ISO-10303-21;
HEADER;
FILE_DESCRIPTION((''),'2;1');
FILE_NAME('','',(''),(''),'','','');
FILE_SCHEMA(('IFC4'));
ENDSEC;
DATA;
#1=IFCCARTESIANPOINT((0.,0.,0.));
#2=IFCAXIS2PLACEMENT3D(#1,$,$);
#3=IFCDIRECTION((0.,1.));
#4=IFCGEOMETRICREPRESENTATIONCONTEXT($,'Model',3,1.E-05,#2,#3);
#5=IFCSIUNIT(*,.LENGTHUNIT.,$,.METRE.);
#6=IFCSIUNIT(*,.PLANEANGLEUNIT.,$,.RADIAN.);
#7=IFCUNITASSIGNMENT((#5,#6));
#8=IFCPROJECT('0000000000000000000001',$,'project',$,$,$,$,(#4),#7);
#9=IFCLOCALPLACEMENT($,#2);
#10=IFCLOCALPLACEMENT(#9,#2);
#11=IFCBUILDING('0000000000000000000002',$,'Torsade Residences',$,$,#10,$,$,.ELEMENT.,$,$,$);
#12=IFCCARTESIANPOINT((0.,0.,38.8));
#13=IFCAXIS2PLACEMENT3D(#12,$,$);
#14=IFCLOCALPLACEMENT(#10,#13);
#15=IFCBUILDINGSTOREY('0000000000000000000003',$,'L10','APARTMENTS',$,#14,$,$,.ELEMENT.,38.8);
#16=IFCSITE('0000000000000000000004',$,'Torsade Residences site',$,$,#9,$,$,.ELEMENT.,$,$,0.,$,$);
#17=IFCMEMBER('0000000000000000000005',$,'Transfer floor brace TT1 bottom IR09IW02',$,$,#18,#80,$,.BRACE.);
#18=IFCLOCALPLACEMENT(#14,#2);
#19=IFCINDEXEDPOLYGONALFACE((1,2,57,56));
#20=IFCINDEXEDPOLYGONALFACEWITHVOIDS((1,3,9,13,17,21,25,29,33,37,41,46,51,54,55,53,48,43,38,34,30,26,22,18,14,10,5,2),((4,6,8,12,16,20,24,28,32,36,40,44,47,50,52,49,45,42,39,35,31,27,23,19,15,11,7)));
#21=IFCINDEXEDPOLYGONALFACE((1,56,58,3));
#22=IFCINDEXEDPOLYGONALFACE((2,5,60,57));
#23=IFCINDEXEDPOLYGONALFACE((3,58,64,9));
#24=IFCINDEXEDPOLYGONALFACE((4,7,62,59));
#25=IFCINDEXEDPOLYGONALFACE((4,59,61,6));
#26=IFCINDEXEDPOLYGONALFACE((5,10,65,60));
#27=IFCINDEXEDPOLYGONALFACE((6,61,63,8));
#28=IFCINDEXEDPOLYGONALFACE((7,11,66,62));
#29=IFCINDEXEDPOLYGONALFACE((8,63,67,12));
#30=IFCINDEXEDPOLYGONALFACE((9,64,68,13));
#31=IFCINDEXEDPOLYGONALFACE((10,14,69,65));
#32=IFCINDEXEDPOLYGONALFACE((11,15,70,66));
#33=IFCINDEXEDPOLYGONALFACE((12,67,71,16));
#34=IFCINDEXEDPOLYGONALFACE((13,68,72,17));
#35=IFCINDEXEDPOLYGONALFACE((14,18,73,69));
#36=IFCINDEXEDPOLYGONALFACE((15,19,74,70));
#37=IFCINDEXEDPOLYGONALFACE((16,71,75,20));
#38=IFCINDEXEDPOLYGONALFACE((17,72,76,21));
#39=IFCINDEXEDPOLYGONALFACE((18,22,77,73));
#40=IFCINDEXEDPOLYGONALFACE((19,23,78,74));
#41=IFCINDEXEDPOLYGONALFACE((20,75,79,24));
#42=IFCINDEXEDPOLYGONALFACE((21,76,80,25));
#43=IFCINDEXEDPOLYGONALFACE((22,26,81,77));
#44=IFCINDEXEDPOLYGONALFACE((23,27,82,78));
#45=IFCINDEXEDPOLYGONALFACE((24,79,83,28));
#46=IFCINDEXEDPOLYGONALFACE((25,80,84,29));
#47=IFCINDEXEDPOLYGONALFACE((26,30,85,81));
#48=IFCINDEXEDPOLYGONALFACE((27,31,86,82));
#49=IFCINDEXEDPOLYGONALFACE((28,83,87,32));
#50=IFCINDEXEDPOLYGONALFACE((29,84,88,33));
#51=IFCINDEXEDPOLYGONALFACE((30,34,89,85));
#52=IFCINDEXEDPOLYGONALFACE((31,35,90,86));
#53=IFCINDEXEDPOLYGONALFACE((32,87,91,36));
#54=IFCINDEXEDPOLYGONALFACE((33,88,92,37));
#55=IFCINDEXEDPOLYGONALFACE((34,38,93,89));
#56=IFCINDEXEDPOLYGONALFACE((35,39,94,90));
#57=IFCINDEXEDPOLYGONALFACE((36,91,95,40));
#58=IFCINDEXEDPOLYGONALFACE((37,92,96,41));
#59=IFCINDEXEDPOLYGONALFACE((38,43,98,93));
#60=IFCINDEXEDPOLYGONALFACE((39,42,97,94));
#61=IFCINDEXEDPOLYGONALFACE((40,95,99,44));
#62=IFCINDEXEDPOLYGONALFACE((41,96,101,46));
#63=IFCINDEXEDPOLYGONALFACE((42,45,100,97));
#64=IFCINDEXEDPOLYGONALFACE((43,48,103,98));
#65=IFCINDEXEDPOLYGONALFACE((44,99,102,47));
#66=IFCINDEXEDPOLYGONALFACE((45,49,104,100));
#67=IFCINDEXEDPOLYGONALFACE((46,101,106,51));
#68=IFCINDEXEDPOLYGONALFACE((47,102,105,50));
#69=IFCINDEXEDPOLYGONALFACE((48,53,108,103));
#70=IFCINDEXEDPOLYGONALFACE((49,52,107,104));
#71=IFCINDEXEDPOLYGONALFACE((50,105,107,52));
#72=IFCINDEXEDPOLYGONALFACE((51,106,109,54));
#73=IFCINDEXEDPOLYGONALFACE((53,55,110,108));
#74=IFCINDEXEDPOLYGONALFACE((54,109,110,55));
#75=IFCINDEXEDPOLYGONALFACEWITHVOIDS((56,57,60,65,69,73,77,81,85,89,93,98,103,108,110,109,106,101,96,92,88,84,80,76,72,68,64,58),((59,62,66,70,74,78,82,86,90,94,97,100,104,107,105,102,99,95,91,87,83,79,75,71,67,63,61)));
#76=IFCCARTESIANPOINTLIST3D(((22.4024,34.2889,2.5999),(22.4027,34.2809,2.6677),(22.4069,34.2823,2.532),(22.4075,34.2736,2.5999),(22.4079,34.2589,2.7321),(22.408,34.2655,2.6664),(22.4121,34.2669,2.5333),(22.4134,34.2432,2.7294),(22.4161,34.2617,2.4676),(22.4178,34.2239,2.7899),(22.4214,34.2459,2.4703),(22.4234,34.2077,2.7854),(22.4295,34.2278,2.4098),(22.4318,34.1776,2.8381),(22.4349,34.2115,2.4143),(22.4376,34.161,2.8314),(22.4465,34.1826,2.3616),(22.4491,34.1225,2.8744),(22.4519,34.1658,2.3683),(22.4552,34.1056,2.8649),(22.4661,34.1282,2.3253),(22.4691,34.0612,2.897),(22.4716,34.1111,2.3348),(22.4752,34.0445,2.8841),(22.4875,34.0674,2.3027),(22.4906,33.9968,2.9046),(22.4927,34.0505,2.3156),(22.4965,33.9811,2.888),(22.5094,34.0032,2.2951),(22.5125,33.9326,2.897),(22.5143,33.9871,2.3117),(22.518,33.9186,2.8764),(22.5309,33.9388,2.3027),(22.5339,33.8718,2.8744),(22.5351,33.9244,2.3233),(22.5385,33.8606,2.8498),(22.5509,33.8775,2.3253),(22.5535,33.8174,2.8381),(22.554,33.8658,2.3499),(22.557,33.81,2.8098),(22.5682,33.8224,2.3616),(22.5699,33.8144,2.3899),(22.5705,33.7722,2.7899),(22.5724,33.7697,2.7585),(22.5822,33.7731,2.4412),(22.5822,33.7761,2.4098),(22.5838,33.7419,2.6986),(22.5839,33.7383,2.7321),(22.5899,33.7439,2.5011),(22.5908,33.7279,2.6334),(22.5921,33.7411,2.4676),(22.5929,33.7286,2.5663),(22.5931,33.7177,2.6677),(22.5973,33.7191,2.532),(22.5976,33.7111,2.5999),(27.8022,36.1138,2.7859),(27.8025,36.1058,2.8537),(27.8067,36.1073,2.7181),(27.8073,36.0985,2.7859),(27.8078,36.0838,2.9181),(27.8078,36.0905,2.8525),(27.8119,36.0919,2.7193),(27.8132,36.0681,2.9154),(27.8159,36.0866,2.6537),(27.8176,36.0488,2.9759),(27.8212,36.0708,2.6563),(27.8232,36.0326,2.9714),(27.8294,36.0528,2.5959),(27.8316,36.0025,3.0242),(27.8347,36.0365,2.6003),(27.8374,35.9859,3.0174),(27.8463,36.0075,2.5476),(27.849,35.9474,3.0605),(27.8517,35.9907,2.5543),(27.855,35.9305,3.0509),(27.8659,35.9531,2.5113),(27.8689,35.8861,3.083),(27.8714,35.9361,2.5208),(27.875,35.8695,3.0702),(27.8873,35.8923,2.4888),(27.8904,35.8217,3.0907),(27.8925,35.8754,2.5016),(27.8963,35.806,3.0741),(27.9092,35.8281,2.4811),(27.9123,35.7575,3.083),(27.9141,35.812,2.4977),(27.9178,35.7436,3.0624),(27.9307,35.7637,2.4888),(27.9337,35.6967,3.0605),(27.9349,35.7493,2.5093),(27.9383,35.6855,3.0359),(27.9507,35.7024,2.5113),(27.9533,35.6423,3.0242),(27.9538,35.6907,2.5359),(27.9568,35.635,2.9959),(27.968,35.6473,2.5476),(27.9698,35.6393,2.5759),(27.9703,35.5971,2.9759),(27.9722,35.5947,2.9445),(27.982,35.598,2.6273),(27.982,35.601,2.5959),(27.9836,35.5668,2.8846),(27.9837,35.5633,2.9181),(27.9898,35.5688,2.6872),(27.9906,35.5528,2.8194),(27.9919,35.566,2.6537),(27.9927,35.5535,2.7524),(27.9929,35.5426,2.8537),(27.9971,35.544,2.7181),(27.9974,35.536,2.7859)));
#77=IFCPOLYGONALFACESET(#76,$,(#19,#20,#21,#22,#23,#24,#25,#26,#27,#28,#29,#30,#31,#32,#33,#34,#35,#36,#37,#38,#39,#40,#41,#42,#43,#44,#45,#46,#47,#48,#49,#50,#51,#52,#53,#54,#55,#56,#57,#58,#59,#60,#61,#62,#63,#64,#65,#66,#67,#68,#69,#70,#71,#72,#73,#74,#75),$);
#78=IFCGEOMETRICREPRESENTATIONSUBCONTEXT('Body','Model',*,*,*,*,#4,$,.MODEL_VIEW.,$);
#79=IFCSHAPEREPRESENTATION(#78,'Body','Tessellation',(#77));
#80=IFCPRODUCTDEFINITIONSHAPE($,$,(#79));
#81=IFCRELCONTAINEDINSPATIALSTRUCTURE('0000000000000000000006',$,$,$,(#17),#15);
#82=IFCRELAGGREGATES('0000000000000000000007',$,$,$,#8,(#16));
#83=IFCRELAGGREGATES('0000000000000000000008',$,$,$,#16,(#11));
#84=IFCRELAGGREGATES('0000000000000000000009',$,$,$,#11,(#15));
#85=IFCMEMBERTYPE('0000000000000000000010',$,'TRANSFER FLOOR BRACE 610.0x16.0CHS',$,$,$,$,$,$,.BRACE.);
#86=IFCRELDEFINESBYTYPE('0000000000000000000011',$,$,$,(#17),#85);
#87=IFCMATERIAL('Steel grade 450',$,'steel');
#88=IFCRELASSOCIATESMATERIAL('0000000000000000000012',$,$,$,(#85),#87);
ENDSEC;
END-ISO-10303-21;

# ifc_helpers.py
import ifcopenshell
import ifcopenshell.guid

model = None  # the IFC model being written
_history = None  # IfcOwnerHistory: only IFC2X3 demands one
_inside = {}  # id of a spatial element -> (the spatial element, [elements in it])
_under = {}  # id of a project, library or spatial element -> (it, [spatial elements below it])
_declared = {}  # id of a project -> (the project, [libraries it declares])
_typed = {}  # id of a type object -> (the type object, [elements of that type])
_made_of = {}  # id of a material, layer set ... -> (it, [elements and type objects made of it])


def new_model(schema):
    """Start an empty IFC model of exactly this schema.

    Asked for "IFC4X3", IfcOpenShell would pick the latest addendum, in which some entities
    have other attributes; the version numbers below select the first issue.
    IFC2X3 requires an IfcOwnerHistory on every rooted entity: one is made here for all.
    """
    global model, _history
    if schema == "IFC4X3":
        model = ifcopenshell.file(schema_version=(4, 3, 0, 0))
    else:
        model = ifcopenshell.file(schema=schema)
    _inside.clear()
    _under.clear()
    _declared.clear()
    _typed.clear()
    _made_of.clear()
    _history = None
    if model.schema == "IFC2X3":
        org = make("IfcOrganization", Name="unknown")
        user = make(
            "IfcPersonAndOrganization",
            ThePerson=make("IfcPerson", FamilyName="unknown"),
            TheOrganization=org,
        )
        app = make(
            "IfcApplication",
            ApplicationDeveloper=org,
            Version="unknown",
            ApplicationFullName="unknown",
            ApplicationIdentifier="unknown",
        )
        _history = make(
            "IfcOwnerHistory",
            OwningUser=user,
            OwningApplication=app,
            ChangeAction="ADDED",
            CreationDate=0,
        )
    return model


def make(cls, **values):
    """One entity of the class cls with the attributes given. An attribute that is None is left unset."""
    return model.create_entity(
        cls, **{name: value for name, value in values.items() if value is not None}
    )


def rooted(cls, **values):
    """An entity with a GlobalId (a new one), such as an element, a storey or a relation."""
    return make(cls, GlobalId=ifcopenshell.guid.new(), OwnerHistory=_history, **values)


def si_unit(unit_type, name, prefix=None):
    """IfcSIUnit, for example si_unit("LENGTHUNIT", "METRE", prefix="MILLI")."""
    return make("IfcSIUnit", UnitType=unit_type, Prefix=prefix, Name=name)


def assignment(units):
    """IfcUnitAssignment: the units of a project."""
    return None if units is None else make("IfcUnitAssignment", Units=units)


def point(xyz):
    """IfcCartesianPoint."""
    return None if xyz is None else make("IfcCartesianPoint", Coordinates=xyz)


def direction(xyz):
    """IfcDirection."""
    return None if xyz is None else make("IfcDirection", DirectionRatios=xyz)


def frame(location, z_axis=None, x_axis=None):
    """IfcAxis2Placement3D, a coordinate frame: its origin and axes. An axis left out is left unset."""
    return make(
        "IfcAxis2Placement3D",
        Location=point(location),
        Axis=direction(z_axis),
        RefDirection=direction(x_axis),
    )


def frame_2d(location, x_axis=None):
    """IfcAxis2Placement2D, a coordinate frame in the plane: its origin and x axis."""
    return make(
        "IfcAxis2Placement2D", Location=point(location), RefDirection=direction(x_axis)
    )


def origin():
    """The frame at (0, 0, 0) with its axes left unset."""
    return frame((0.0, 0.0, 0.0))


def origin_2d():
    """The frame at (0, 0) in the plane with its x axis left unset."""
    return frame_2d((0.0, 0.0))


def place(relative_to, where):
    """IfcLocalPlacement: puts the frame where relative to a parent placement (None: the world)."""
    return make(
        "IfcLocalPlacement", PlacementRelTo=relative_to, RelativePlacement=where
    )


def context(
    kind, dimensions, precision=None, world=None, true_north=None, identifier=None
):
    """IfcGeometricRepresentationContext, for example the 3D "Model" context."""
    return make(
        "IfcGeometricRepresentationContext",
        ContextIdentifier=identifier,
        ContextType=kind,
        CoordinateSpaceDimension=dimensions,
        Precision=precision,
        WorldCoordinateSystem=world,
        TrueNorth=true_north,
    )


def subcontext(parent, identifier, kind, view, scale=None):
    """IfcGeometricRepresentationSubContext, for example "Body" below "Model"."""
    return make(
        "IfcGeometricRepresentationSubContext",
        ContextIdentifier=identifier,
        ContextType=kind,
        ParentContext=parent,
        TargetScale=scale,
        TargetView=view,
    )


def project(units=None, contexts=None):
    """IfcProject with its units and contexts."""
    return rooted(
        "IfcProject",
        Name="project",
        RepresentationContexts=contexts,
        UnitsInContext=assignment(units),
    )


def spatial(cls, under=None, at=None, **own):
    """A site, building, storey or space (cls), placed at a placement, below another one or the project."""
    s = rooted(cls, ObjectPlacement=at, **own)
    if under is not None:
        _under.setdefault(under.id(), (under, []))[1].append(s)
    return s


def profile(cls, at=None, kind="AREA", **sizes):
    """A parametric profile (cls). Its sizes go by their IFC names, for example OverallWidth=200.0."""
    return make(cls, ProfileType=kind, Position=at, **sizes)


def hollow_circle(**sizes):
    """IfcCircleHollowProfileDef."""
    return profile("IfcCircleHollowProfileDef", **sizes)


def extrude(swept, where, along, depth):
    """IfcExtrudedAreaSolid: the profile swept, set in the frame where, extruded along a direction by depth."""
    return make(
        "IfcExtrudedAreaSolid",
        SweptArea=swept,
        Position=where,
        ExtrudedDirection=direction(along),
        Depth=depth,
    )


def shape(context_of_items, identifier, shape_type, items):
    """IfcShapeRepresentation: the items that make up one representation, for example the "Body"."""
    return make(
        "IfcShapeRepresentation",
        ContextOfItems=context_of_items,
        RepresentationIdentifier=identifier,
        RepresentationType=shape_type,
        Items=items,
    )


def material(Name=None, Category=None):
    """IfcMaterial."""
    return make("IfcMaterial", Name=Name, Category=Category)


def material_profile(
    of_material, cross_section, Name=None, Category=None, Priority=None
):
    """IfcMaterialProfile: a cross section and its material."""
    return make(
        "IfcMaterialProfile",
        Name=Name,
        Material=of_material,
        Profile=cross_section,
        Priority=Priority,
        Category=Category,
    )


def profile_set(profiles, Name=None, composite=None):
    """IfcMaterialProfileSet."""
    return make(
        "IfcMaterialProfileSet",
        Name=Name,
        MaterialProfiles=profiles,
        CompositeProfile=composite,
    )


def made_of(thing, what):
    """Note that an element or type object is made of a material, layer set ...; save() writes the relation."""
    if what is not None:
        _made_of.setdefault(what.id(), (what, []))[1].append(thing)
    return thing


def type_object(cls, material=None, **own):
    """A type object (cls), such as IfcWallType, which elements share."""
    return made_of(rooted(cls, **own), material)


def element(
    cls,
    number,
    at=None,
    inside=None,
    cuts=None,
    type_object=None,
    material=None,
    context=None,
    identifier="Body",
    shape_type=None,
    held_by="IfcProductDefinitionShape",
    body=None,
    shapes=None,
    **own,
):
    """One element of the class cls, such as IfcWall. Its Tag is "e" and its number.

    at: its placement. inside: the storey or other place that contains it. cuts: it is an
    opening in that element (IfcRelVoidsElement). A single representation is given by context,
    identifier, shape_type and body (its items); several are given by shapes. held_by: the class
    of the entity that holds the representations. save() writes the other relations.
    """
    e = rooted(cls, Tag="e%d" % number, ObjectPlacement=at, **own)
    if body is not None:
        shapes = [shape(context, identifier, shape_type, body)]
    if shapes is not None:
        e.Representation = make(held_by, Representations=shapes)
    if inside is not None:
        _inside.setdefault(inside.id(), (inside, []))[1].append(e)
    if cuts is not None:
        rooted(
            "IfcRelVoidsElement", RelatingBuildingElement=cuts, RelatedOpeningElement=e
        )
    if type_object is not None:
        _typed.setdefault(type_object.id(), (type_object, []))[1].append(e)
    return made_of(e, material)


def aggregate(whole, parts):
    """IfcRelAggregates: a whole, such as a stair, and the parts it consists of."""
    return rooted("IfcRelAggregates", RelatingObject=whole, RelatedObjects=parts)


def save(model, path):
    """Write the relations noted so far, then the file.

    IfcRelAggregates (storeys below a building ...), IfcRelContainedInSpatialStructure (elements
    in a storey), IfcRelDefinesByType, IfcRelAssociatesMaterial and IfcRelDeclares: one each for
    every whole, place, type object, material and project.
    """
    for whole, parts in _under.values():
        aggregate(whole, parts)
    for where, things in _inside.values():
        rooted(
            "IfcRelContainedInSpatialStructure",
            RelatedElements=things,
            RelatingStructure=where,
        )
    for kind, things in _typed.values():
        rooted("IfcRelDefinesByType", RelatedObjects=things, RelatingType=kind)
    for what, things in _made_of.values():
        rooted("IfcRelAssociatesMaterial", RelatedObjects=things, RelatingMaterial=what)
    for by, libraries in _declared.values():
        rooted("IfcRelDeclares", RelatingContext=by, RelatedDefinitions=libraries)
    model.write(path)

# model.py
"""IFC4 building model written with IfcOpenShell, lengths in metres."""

from ifc_helpers import new_model, si_unit, direction, frame, origin, origin_2d, place, context, subcontext, project, spatial, hollow_circle, extrude, material, material_profile, profile_set, type_object, element, save


model = new_model("IFC4")

# Units and contexts
model_context = context("Model", 3, precision=1e-05, world=origin(), true_north=direction((0.0, 1.0)))
body_context = subcontext(model_context, "Body", "Model", "MODEL_VIEW")
ifc_project = project(units=[si_unit("LENGTHUNIT", "METRE"), si_unit("PLANEANGLEUNIT", "RADIAN")], contexts=[model_context])

# Site, building, storey
site_placement = place(None, origin())
site = spatial("IfcSite", under=ifc_project, at=site_placement, Name="Torsade Residences site", CompositionType="ELEMENT", RefElevation=0.0)
building_placement = place(site_placement, origin())
building = spatial("IfcBuilding", under=site, at=building_placement, Name="Torsade Residences", CompositionType="ELEMENT")
storey_placement = place(building_placement, frame((0.0, 0.0, 38.8)))
storey = spatial("IfcBuildingStorey", under=building, at=storey_placement, Name="L10", Description="APARTMENTS", CompositionType="ELEMENT", Elevation=38.8)

# Member
ifc_material_1 = material(Name="Steel grade 450", Category="steel")
ifc_material_profile_1 = material_profile(ifc_material_1, hollow_circle(Radius=0.3049, WallThickness=0.0161, at=origin_2d()), Name="610.0x16.0CHS")
ifc_profile_set_1 = profile_set([ifc_material_profile_1], Name="Steel grade 450")
member_type = type_object("IfcMemberType", Name="TRANSFER FLOOR BRACE 610.0x16.0CHS", PredefinedType="BRACE", material=ifc_profile_set_1)
member_placement = place(storey_placement, frame((22.5, 34.0, 2.5999), z_axis=(0.946856, 0.319999, 0.032621), x_axis=(-0.32017, 0.94736, 0.0)))
element("IfcMember", 1, at=member_placement, inside=storey, type_object=member_type, Name="Transfer floor brace TT1 bottom IR09IW02", PredefinedType="BRACE", context=body_context, shape_type="SweptSolid", body=[
    extrude(hollow_circle(Radius=0.3049, WallThickness=0.0161, at=origin_2d()), origin(), (0.0, 0.0, 1.0), 5.7029),
])

save(model, "model.ifc")
